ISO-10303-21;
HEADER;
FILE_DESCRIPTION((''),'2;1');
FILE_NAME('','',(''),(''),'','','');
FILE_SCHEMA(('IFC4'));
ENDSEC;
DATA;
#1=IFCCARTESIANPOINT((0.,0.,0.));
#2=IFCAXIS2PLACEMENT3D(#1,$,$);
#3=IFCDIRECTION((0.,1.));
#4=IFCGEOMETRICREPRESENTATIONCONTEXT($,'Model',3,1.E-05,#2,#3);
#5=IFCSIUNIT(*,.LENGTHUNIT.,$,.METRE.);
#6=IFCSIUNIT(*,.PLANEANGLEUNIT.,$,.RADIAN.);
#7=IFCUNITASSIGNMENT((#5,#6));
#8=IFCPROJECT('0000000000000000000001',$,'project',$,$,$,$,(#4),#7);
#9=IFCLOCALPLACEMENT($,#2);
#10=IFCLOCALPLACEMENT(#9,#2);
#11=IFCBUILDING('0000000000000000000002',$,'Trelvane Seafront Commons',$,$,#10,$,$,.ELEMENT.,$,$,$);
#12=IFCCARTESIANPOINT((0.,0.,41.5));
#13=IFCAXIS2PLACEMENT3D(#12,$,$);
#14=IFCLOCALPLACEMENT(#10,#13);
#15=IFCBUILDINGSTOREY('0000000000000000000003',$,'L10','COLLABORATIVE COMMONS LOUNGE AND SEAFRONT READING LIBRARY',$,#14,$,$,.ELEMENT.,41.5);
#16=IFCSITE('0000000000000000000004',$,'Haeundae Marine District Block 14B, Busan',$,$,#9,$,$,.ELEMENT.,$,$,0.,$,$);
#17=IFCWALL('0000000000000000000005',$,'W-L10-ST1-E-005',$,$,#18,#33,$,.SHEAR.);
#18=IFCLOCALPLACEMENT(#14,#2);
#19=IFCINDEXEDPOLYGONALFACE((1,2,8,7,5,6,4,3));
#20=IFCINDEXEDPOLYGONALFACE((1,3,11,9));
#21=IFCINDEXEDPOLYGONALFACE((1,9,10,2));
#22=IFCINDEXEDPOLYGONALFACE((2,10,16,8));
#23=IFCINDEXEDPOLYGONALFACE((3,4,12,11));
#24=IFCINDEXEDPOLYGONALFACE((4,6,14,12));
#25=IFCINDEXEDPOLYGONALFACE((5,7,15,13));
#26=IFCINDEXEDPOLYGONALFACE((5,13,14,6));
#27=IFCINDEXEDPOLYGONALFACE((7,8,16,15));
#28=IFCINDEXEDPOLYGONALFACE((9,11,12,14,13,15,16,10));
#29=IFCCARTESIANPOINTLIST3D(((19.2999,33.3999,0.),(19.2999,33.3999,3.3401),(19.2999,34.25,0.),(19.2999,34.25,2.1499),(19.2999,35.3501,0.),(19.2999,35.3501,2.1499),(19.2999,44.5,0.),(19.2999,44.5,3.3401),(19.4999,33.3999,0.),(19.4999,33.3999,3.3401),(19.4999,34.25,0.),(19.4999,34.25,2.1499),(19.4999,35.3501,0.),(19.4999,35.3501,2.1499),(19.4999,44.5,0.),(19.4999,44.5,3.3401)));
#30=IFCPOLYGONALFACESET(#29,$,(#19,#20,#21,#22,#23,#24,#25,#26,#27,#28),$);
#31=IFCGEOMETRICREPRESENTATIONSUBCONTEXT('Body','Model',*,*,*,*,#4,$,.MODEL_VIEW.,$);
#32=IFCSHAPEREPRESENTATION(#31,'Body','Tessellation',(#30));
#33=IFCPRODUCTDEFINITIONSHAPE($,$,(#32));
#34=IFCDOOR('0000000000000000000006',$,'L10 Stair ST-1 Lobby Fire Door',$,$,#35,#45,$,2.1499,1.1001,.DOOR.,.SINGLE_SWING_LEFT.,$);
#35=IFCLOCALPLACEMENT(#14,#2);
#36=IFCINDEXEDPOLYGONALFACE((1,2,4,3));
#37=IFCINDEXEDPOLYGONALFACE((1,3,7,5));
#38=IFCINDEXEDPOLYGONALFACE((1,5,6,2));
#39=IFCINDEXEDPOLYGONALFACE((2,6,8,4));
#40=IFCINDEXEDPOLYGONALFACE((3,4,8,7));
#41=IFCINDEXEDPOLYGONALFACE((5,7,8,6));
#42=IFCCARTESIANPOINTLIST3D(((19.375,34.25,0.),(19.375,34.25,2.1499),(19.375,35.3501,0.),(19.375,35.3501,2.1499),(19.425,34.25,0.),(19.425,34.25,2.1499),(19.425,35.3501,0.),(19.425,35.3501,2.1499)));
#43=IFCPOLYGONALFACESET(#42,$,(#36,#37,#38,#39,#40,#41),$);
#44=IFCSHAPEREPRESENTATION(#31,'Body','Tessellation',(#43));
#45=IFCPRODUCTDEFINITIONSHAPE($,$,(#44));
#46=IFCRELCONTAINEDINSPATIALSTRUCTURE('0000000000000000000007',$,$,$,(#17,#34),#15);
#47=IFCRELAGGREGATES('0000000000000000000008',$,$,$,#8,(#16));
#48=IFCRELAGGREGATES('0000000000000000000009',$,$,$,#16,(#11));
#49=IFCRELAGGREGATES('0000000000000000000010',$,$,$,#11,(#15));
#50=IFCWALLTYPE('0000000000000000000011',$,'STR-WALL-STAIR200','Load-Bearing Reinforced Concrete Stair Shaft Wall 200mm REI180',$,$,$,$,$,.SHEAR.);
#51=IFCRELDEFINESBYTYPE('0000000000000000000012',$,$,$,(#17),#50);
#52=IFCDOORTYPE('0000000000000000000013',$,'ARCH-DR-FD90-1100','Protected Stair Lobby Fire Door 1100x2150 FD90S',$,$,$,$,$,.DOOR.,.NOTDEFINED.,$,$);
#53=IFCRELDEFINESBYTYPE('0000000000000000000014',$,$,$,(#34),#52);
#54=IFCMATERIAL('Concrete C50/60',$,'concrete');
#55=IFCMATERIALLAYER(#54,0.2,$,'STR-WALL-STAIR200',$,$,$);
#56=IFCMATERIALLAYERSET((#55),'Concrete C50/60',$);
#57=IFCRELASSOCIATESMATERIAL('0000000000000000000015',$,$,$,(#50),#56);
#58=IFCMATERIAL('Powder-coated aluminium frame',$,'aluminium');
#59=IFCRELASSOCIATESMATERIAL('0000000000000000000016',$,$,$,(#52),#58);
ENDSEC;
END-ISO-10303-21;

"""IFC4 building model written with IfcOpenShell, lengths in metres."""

from ifc_helpers import new_model, si_unit, direction, frame, frame_2d, origin, place, context, subcontext, project, spatial, rectangle, extrude, source, transform, mapped, material, layer, layer_set, type_object, element, fill, save


model = new_model("IFC4")

# Units and contexts
model_context = context("Model", 3, precision=1e-05, world=origin(), true_north=direction((0.0, 1.0)))
body_context = subcontext(model_context, "Body", "Model", "MODEL_VIEW")
ifc_project = project(units=[si_unit("LENGTHUNIT", "METRE"), si_unit("PLANEANGLEUNIT", "RADIAN")], contexts=[model_context])

# Site, building, storey
site_placement = place(None, origin())
site = spatial("IfcSite", under=ifc_project, at=site_placement, Name="Haeundae Marine District Block 14B, Busan", CompositionType="ELEMENT", RefElevation=0.0)
building_placement = place(site_placement, origin())
building = spatial("IfcBuilding", under=site, at=building_placement, Name="Trelvane Seafront Commons", CompositionType="ELEMENT")
storey_placement = place(building_placement, frame((0.0, 0.0, 41.5)))
storey = spatial("IfcBuildingStorey", under=building, at=storey_placement, Name="L10", Description="COLLABORATIVE COMMONS LOUNGE AND SEAFRONT READING LIBRARY", CompositionType="ELEMENT", Elevation=41.5)

# Shared definitions
ifc_material_1 = material(Name="Powder-coated aluminium frame", Category="aluminium")

# Wall, opening, door
ifc_material_2 = material(Name="Concrete C50/60", Category="concrete")
ifc_layer_1 = layer(ifc_material_2, 0.2, Name="STR-WALL-STAIR200")
ifc_layer_set_1 = layer_set([ifc_layer_1], Name="Concrete C50/60")
wall_type_1 = type_object("IfcWallType", Name="STR-WALL-STAIR200", Description="Load-Bearing Reinforced Concrete Stair Shaft Wall 200mm REI180", PredefinedType="SHEAR", material=ifc_layer_set_1)
wall_1_placement = place(storey_placement, frame((19.3999, 33.3999, 0.0), z_axis=(0.0, 0.0, 1.0), x_axis=(0.0, 1.0, 0.0)))
wall_1 = element("IfcWall", 1, at=wall_1_placement, inside=storey, type_object=wall_type_1, Name="W-L10-ST1-E-005", PredefinedType="SHEAR", context=body_context, shape_type="SweptSolid", body=[
    extrude(rectangle(XDim=11.1001, YDim=0.2, at=frame_2d((5.55, 0.0))), origin(), (0.0, 0.0, 1.0), 3.3401),
])
opening_1_placement = place(wall_1_placement, frame((0.8501, 0.0, 0.0)))
opening_1 = element("IfcOpeningElement", 2, at=opening_1_placement, cuts=wall_1, PredefinedType="OPENING", context=body_context, shape_type="SweptSolid", body=[
    extrude(rectangle(XDim=1.1001, YDim=2.1499, at=frame_2d((0.55, 1.075))), frame((0.0, 0.1099, 0.0), z_axis=(0.0, -1.0, 0.0), x_axis=(1.0, 0.0, 0.0)), (0.0, 0.0, 1.0), 0.22),
])
door_type_1 = type_object("IfcDoorType", Name="ARCH-DR-FD90-1100", Description="Protected Stair Lobby Fire Door 1100x2150 FD90S", OperationType="NOTDEFINED", PredefinedType="DOOR", material=ifc_material_1)
shared_shape_1 = source(origin(), body_context, "Body", "SweptSolid", [
    extrude(rectangle(XDim=1.1001, YDim=2.1499, at=frame_2d((0.55, 1.075))), frame((0.0, 0.0249, 0.0), z_axis=(0.0, -1.0, 0.0), x_axis=(1.0, 0.0, 0.0)), (0.0, 0.0, 1.0), 0.05),
])
door_1_placement = place(opening_1_placement, origin())
door_1 = element("IfcDoor", 3, at=door_1_placement, inside=storey, type_object=door_type_1, Name="L10 Stair ST-1 Lobby Fire Door", OperationType="SINGLE_SWING_LEFT", OverallHeight=2.1499, OverallWidth=1.1001, PredefinedType="DOOR", context=body_context, shape_type="MappedRepresentation", body=[
    mapped(shared_shape_1, transform((0.0, 0.0, 0.0), x_axis=(1.0, 0.0, 0.0), y_axis=(0.0, 1.0, 0.0), z_axis=(0.0, 0.0, 1.0), scale=1.0)),
])
fill(opening_1, door_1)

save(model, "model.ifc")
